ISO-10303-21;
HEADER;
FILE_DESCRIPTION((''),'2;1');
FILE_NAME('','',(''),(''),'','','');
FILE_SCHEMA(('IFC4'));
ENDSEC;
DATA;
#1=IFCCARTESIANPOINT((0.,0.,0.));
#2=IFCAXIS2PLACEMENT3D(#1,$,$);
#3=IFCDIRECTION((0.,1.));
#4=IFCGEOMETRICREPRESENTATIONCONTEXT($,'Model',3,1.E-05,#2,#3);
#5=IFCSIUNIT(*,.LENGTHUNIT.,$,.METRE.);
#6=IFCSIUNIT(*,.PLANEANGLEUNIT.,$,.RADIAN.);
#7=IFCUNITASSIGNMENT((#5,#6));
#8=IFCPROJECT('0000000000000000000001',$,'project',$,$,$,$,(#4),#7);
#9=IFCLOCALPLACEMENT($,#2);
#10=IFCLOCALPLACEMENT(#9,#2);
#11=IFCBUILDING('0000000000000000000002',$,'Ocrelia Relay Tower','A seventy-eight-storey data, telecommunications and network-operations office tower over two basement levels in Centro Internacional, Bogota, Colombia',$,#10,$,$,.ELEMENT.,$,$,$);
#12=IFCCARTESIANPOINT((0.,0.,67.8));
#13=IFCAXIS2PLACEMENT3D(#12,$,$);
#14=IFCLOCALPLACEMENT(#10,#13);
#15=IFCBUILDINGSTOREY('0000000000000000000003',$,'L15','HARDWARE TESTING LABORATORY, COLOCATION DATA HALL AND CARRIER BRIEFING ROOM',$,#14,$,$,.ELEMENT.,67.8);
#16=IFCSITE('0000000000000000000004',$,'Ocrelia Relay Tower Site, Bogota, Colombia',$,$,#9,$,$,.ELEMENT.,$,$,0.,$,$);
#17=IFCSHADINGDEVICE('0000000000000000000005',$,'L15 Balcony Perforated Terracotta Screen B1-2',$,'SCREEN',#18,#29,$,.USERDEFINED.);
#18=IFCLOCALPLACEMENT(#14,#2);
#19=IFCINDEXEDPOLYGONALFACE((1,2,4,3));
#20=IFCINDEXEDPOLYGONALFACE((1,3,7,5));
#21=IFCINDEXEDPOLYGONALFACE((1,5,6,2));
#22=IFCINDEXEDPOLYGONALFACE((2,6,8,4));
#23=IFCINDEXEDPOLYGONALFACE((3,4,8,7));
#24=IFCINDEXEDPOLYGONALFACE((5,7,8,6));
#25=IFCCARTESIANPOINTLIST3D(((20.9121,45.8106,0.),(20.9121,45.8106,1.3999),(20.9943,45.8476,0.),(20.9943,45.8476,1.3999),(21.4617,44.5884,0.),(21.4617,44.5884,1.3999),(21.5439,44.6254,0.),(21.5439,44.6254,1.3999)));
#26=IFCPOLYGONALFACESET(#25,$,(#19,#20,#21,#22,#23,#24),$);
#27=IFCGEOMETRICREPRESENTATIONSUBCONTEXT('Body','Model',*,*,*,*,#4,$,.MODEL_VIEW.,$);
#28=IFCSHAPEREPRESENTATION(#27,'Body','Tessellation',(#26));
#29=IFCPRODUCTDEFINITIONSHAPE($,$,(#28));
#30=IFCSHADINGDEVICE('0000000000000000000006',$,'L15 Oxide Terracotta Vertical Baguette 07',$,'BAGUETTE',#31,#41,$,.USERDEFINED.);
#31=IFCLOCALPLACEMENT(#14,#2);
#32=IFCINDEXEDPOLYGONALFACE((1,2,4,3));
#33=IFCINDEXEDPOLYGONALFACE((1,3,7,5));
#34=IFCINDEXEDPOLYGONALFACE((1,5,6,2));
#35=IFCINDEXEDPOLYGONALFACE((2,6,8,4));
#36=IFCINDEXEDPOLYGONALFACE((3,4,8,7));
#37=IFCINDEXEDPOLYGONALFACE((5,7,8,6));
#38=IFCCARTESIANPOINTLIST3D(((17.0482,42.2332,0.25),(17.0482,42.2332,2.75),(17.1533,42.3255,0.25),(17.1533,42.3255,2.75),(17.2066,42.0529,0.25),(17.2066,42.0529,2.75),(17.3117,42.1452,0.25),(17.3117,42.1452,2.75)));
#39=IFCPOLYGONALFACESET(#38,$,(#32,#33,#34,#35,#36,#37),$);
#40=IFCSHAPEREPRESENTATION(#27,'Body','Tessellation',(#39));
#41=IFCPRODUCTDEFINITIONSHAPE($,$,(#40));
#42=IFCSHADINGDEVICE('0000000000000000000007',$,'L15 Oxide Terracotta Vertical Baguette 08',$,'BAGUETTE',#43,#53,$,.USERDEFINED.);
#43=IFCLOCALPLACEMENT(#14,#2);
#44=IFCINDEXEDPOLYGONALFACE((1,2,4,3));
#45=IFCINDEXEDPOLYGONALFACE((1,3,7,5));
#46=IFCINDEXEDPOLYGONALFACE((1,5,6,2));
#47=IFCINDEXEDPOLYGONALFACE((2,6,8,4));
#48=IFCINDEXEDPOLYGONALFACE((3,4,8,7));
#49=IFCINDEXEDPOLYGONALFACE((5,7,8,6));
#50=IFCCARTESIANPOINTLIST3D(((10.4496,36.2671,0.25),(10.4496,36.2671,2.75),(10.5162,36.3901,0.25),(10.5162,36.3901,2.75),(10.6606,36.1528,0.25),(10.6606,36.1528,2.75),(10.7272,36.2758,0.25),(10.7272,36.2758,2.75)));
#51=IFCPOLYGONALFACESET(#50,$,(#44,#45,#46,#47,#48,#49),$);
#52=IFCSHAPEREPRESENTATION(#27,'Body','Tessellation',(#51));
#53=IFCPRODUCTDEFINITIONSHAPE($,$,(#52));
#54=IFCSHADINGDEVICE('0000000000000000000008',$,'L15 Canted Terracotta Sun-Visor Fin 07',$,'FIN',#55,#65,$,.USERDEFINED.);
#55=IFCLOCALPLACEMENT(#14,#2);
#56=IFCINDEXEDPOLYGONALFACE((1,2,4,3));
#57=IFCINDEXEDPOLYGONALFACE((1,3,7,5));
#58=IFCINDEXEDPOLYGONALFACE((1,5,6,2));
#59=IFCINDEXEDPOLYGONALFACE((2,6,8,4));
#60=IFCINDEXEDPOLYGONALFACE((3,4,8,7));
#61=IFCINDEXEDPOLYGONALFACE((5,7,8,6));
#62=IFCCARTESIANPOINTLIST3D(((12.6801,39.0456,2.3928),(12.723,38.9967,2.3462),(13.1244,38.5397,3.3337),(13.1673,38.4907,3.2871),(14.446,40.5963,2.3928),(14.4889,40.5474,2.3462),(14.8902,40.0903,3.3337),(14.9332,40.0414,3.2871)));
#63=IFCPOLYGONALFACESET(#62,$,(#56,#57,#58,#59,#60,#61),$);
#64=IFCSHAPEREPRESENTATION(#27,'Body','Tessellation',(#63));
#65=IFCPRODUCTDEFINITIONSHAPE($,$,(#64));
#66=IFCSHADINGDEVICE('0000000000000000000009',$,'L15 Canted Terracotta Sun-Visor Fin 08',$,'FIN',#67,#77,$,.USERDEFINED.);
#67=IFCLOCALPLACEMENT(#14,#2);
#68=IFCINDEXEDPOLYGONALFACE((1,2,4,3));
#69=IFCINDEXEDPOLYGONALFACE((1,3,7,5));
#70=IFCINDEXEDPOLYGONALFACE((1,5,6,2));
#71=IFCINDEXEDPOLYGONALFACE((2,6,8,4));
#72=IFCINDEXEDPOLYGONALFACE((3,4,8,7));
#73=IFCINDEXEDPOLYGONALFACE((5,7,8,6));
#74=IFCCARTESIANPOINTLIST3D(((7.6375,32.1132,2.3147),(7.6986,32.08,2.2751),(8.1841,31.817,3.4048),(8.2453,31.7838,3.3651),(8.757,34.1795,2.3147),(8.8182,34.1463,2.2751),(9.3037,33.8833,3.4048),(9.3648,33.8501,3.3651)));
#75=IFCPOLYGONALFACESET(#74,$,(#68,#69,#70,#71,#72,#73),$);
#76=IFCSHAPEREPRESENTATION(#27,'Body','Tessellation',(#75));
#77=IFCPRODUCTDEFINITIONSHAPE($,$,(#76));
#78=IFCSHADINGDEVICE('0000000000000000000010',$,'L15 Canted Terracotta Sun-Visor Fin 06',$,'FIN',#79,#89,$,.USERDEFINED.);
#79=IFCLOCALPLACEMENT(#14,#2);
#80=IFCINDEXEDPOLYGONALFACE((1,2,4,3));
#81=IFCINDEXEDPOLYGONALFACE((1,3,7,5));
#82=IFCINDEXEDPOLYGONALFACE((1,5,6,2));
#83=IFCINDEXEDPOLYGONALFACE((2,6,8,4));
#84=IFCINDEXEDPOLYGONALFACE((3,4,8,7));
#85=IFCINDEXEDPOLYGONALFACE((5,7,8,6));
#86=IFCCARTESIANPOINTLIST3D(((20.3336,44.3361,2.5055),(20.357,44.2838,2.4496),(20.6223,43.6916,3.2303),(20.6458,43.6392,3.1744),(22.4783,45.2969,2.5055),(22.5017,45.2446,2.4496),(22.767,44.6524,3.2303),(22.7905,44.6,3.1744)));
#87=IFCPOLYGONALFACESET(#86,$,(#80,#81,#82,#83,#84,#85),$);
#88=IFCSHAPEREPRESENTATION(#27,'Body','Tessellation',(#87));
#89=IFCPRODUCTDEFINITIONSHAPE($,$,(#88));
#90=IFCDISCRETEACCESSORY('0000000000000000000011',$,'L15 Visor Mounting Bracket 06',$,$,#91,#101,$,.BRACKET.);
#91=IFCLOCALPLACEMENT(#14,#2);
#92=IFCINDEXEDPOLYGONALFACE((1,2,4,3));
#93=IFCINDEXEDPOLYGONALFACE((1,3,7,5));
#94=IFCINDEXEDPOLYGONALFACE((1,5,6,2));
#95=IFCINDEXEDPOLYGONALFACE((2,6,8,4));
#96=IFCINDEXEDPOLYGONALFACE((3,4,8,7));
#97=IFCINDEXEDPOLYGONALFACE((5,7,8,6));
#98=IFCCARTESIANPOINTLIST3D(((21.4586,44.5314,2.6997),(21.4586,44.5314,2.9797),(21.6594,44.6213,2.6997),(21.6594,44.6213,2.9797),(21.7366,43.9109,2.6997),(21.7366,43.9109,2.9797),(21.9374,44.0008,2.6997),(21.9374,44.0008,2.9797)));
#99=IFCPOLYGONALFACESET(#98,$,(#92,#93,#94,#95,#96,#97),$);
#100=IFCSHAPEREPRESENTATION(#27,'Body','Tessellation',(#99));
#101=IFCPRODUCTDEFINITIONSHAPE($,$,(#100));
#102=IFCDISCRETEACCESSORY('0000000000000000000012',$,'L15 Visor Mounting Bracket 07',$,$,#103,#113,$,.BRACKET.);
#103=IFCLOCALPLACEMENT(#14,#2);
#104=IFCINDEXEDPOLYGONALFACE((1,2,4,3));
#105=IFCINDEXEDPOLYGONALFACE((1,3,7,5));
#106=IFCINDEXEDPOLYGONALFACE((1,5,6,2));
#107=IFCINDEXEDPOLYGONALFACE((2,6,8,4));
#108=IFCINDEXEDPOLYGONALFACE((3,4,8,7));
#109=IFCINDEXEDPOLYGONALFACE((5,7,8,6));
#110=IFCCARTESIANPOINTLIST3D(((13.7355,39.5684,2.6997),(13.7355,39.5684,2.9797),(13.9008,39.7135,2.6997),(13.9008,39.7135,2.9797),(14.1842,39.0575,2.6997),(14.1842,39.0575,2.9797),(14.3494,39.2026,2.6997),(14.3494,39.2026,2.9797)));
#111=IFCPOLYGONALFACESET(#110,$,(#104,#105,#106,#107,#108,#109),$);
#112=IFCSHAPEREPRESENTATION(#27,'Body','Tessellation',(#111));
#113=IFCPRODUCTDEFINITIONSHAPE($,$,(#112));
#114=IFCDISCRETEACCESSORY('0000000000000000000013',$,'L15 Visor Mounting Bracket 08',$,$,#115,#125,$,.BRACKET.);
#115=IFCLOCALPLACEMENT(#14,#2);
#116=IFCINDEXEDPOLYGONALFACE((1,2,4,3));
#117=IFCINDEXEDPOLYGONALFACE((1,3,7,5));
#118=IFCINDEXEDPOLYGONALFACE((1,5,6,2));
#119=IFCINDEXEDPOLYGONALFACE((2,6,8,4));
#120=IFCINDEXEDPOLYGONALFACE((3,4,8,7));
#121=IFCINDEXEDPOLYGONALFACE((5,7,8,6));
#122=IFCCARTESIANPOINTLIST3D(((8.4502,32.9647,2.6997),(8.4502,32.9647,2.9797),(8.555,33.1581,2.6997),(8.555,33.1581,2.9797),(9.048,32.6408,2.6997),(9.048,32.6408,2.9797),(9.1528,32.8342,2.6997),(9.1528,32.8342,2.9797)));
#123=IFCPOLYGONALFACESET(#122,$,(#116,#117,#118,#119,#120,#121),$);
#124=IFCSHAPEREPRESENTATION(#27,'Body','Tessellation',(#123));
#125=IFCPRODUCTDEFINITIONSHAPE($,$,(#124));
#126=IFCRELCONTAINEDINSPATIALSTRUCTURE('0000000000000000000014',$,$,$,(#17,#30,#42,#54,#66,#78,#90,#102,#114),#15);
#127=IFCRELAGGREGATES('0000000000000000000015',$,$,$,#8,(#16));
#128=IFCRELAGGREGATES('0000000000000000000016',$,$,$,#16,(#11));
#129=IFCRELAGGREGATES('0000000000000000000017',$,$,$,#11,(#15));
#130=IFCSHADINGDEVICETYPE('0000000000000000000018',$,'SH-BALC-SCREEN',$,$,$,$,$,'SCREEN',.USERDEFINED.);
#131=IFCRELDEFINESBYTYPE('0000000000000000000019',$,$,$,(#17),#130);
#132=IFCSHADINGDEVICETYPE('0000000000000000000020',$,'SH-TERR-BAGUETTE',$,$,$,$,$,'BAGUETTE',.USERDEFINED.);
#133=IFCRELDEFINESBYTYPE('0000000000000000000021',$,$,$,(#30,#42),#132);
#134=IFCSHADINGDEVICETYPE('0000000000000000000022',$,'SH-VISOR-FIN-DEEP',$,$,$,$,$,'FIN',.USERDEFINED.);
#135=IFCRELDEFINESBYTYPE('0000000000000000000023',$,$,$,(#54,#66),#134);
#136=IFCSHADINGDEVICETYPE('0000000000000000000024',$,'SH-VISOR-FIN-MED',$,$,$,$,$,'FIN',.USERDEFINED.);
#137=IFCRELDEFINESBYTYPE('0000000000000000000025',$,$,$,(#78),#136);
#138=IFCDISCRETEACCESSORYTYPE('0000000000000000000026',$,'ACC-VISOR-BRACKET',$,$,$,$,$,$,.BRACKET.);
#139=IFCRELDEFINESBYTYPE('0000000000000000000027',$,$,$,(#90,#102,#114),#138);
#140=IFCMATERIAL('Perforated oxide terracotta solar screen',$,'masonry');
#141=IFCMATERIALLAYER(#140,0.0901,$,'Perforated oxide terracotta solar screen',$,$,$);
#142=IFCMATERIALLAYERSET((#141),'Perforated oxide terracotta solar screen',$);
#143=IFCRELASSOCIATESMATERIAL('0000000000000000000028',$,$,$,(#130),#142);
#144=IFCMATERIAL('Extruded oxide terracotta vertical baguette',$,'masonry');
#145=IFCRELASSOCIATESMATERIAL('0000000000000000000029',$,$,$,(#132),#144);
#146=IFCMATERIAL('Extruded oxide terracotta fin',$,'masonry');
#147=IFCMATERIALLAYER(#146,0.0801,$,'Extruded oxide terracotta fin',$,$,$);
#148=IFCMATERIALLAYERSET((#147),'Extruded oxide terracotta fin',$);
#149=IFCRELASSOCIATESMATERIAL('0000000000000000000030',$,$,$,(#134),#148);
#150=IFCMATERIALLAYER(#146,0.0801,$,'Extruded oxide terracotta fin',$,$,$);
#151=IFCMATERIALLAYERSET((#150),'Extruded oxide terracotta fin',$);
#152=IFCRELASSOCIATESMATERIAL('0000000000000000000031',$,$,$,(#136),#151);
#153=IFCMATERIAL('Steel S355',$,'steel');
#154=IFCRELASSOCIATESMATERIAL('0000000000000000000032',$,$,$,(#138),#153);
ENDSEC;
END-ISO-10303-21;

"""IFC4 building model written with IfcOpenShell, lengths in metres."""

from ifc_helpers import new_model, si_unit, direction, frame, origin, origin_2d, place, context, subcontext, project, spatial, rectangle, extrude, material, layer, layer_set, type_object, element, save


model = new_model("IFC4")

# Units and contexts
model_context = context("Model", 3, precision=1e-05, world=origin(), true_north=direction((0.0, 1.0)))
body_context = subcontext(model_context, "Body", "Model", "MODEL_VIEW")
ifc_project = project(units=[si_unit("LENGTHUNIT", "METRE"), si_unit("PLANEANGLEUNIT", "RADIAN")], contexts=[model_context])

# Site, building, storey
site_placement = place(None, origin())
site = spatial("IfcSite", under=ifc_project, at=site_placement, Name="Ocrelia Relay Tower Site, Bogota, Colombia", CompositionType="ELEMENT", RefElevation=0.0)
building_placement = place(site_placement, origin())
building = spatial("IfcBuilding", under=site, at=building_placement, Name="Ocrelia Relay Tower", Description="A seventy-eight-storey data, telecommunications and network-operations office tower over two basement levels in Centro Internacional, Bogota, Colombia", CompositionType="ELEMENT")
storey_placement = place(building_placement, frame((0.0, 0.0, 67.8)))
storey = spatial("IfcBuildingStorey", under=building, at=storey_placement, Name="L15", Description="HARDWARE TESTING LABORATORY, COLOCATION DATA HALL AND CARRIER BRIEFING ROOM", CompositionType="ELEMENT", Elevation=67.8)

# Shared definitions
ifc_material_1 = material(Name="Steel S355", Category="steel")

# Shading devices
ifc_material_2 = material(Name="Perforated oxide terracotta solar screen", Category="masonry")
ifc_layer_1 = layer(ifc_material_2, 0.0901, Name="Perforated oxide terracotta solar screen")
ifc_layer_set_1 = layer_set([ifc_layer_1], Name="Perforated oxide terracotta solar screen")
shading_device_type_1 = type_object("IfcShadingDeviceType", Name="SH-BALC-SCREEN", ElementType="SCREEN", PredefinedType="USERDEFINED", material=ifc_layer_set_1)
shading_device_1_placement = place(storey_placement, frame((21.228, 45.218, 0.0), z_axis=(0.0, 0.0, 1.0), x_axis=(-0.410123, 0.91203, 0.0)))
element("IfcShadingDevice", 1, at=shading_device_1_placement, inside=storey, type_object=shading_device_type_1, Name="L15 Balcony Perforated Terracotta Screen B1-2", ObjectType="SCREEN", PredefinedType="USERDEFINED", context=body_context, shape_type="SweptSolid", body=[
    extrude(rectangle(XDim=1.3401, YDim=0.0901, at=origin_2d()), origin(), (0.0, 0.0, 1.0), 1.3999),
])
ifc_material_3 = material(Name="Extruded oxide terracotta vertical baguette", Category="masonry")
shading_device_type_2 = type_object("IfcShadingDeviceType", Name="SH-TERR-BAGUETTE", ElementType="BAGUETTE", PredefinedType="USERDEFINED", material=ifc_material_3)
for number, where, z_axis, x_axis, name in (
    (2, (17.1799, 42.1892, 0.25), (0.0, 0.0, 1.0), (-0.751411, -0.659835, 0.0), "L15 Oxide Terracotta Vertical Baguette 07"),
    (3, (10.5884, 36.2715, 0.25), (0.0, 0.0, 1.0), (-0.476378, -0.879241, 0.0), "L15 Oxide Terracotta Vertical Baguette 08"),
):
    element("IfcShadingDevice", number, at=place(storey_placement, frame(where, z_axis=z_axis, x_axis=x_axis)), inside=storey, type_object=shading_device_type_2, Name=name, ObjectType="BAGUETTE", PredefinedType="USERDEFINED", context=body_context, shape_type="SweptSolid", body=[
        extrude(rectangle(XDim=0.1399, YDim=0.24, at=origin_2d()), origin(), (0.0, 0.0, 1.0), 2.5),
    ])
ifc_material_4 = material(Name="Extruded oxide terracotta fin", Category="masonry")
ifc_layer_2 = layer(ifc_material_4, 0.0801, Name="Extruded oxide terracotta fin")
ifc_layer_set_2 = layer_set([ifc_layer_2], Name="Extruded oxide terracotta fin")
shading_device_type_3 = type_object("IfcShadingDeviceType", Name="SH-VISOR-FIN-DEEP", ElementType="FIN", PredefinedType="USERDEFINED", material=ifc_layer_set_2)
shading_device_2_placement = place(storey_placement, frame((13.8281, 39.519, 2.8167), z_axis=(-0.536579, 0.611049, 0.581981), x_axis=(-0.751411, -0.659835, 0.0)))
element("IfcShadingDevice", 4, at=shading_device_2_placement, inside=storey, type_object=shading_device_type_3, Name="L15 Canted Terracotta Sun-Visor Fin 07", ObjectType="FIN", PredefinedType="USERDEFINED", context=body_context, shape_type="SweptSolid", body=[
    extrude(rectangle(XDim=2.3501, YDim=1.157, at=origin_2d()), origin(), (0.0, 0.0, 1.0), 0.0801),
])
shading_device_3_placement = place(storey_placement, frame((8.5317, 32.9651, 2.8201), z_axis=(-0.763736, 0.413797, 0.495459), x_axis=(-0.476378, -0.879241, 0.0)))
element("IfcShadingDevice", 5, at=shading_device_3_placement, inside=storey, type_object=shading_device_type_3, Name="L15 Canted Terracotta Sun-Visor Fin 08", ObjectType="FIN", PredefinedType="USERDEFINED", context=body_context, shape_type="SweptSolid", body=[
    extrude(rectangle(XDim=2.3501, YDim=1.2549, at=origin_2d()), origin(), (0.0, 0.0, 1.0), 0.0801),
])
ifc_layer_3 = layer(ifc_material_4, 0.0801, Name="Extruded oxide terracotta fin")
ifc_layer_set_3 = layer_set([ifc_layer_3], Name="Extruded oxide terracotta fin")
shading_device_type_4 = type_object("IfcShadingDeviceType", Name="SH-VISOR-FIN-MED", ElementType="FIN", PredefinedType="USERDEFINED", material=ifc_layer_set_3)
shading_device_4_placement = place(storey_placement, frame((21.5737, 44.4419, 2.812), z_axis=(-0.292806, 0.653589, 0.697915), x_axis=(-0.912604, -0.408844, 0.0)))
element("IfcShadingDevice", 6, at=shading_device_4_placement, inside=storey, type_object=shading_device_type_4, Name="L15 Canted Terracotta Sun-Visor Fin 06", ObjectType="FIN", PredefinedType="USERDEFINED", context=body_context, shape_type="SweptSolid", body=[
    extrude(rectangle(XDim=2.3501, YDim=1.012, at=origin_2d()), origin(), (0.0, 0.0, 1.0), 0.0801),
])

# Discrete accessories
discrete_accessory_type = type_object("IfcDiscreteAccessoryType", Name="ACC-VISOR-BRACKET", PredefinedType="BRACKET", material=ifc_material_1)
for number, where, z_axis, x_axis, name in (
    (7, (21.698, 44.2661, 2.6997), (0.0, 0.0, 1.0), (-0.912604, -0.408844, 0.0), "L15 Visor Mounting Bracket 06"),
    (8, (14.0425, 39.3855, 2.6997), (0.0, 0.0, 1.0), (-0.751411, -0.659835, 0.0), "L15 Visor Mounting Bracket 07"),
    (9, (8.8015, 32.8994, 2.6997), (0.0, 0.0, 1.0), (-0.476378, -0.879241, 0.0), "L15 Visor Mounting Bracket 08"),
):
    element("IfcDiscreteAccessory", number, at=place(storey_placement, frame(where, z_axis=z_axis, x_axis=x_axis)), inside=storey, type_object=discrete_accessory_type, Name=name, PredefinedType="BRACKET", context=body_context, shape_type="SweptSolid", body=[
        extrude(rectangle(XDim=0.22, YDim=0.6799, at=origin_2d()), origin(), (0.0, 0.0, 1.0), 0.28),
    ])

save(model, "model.ifc")
